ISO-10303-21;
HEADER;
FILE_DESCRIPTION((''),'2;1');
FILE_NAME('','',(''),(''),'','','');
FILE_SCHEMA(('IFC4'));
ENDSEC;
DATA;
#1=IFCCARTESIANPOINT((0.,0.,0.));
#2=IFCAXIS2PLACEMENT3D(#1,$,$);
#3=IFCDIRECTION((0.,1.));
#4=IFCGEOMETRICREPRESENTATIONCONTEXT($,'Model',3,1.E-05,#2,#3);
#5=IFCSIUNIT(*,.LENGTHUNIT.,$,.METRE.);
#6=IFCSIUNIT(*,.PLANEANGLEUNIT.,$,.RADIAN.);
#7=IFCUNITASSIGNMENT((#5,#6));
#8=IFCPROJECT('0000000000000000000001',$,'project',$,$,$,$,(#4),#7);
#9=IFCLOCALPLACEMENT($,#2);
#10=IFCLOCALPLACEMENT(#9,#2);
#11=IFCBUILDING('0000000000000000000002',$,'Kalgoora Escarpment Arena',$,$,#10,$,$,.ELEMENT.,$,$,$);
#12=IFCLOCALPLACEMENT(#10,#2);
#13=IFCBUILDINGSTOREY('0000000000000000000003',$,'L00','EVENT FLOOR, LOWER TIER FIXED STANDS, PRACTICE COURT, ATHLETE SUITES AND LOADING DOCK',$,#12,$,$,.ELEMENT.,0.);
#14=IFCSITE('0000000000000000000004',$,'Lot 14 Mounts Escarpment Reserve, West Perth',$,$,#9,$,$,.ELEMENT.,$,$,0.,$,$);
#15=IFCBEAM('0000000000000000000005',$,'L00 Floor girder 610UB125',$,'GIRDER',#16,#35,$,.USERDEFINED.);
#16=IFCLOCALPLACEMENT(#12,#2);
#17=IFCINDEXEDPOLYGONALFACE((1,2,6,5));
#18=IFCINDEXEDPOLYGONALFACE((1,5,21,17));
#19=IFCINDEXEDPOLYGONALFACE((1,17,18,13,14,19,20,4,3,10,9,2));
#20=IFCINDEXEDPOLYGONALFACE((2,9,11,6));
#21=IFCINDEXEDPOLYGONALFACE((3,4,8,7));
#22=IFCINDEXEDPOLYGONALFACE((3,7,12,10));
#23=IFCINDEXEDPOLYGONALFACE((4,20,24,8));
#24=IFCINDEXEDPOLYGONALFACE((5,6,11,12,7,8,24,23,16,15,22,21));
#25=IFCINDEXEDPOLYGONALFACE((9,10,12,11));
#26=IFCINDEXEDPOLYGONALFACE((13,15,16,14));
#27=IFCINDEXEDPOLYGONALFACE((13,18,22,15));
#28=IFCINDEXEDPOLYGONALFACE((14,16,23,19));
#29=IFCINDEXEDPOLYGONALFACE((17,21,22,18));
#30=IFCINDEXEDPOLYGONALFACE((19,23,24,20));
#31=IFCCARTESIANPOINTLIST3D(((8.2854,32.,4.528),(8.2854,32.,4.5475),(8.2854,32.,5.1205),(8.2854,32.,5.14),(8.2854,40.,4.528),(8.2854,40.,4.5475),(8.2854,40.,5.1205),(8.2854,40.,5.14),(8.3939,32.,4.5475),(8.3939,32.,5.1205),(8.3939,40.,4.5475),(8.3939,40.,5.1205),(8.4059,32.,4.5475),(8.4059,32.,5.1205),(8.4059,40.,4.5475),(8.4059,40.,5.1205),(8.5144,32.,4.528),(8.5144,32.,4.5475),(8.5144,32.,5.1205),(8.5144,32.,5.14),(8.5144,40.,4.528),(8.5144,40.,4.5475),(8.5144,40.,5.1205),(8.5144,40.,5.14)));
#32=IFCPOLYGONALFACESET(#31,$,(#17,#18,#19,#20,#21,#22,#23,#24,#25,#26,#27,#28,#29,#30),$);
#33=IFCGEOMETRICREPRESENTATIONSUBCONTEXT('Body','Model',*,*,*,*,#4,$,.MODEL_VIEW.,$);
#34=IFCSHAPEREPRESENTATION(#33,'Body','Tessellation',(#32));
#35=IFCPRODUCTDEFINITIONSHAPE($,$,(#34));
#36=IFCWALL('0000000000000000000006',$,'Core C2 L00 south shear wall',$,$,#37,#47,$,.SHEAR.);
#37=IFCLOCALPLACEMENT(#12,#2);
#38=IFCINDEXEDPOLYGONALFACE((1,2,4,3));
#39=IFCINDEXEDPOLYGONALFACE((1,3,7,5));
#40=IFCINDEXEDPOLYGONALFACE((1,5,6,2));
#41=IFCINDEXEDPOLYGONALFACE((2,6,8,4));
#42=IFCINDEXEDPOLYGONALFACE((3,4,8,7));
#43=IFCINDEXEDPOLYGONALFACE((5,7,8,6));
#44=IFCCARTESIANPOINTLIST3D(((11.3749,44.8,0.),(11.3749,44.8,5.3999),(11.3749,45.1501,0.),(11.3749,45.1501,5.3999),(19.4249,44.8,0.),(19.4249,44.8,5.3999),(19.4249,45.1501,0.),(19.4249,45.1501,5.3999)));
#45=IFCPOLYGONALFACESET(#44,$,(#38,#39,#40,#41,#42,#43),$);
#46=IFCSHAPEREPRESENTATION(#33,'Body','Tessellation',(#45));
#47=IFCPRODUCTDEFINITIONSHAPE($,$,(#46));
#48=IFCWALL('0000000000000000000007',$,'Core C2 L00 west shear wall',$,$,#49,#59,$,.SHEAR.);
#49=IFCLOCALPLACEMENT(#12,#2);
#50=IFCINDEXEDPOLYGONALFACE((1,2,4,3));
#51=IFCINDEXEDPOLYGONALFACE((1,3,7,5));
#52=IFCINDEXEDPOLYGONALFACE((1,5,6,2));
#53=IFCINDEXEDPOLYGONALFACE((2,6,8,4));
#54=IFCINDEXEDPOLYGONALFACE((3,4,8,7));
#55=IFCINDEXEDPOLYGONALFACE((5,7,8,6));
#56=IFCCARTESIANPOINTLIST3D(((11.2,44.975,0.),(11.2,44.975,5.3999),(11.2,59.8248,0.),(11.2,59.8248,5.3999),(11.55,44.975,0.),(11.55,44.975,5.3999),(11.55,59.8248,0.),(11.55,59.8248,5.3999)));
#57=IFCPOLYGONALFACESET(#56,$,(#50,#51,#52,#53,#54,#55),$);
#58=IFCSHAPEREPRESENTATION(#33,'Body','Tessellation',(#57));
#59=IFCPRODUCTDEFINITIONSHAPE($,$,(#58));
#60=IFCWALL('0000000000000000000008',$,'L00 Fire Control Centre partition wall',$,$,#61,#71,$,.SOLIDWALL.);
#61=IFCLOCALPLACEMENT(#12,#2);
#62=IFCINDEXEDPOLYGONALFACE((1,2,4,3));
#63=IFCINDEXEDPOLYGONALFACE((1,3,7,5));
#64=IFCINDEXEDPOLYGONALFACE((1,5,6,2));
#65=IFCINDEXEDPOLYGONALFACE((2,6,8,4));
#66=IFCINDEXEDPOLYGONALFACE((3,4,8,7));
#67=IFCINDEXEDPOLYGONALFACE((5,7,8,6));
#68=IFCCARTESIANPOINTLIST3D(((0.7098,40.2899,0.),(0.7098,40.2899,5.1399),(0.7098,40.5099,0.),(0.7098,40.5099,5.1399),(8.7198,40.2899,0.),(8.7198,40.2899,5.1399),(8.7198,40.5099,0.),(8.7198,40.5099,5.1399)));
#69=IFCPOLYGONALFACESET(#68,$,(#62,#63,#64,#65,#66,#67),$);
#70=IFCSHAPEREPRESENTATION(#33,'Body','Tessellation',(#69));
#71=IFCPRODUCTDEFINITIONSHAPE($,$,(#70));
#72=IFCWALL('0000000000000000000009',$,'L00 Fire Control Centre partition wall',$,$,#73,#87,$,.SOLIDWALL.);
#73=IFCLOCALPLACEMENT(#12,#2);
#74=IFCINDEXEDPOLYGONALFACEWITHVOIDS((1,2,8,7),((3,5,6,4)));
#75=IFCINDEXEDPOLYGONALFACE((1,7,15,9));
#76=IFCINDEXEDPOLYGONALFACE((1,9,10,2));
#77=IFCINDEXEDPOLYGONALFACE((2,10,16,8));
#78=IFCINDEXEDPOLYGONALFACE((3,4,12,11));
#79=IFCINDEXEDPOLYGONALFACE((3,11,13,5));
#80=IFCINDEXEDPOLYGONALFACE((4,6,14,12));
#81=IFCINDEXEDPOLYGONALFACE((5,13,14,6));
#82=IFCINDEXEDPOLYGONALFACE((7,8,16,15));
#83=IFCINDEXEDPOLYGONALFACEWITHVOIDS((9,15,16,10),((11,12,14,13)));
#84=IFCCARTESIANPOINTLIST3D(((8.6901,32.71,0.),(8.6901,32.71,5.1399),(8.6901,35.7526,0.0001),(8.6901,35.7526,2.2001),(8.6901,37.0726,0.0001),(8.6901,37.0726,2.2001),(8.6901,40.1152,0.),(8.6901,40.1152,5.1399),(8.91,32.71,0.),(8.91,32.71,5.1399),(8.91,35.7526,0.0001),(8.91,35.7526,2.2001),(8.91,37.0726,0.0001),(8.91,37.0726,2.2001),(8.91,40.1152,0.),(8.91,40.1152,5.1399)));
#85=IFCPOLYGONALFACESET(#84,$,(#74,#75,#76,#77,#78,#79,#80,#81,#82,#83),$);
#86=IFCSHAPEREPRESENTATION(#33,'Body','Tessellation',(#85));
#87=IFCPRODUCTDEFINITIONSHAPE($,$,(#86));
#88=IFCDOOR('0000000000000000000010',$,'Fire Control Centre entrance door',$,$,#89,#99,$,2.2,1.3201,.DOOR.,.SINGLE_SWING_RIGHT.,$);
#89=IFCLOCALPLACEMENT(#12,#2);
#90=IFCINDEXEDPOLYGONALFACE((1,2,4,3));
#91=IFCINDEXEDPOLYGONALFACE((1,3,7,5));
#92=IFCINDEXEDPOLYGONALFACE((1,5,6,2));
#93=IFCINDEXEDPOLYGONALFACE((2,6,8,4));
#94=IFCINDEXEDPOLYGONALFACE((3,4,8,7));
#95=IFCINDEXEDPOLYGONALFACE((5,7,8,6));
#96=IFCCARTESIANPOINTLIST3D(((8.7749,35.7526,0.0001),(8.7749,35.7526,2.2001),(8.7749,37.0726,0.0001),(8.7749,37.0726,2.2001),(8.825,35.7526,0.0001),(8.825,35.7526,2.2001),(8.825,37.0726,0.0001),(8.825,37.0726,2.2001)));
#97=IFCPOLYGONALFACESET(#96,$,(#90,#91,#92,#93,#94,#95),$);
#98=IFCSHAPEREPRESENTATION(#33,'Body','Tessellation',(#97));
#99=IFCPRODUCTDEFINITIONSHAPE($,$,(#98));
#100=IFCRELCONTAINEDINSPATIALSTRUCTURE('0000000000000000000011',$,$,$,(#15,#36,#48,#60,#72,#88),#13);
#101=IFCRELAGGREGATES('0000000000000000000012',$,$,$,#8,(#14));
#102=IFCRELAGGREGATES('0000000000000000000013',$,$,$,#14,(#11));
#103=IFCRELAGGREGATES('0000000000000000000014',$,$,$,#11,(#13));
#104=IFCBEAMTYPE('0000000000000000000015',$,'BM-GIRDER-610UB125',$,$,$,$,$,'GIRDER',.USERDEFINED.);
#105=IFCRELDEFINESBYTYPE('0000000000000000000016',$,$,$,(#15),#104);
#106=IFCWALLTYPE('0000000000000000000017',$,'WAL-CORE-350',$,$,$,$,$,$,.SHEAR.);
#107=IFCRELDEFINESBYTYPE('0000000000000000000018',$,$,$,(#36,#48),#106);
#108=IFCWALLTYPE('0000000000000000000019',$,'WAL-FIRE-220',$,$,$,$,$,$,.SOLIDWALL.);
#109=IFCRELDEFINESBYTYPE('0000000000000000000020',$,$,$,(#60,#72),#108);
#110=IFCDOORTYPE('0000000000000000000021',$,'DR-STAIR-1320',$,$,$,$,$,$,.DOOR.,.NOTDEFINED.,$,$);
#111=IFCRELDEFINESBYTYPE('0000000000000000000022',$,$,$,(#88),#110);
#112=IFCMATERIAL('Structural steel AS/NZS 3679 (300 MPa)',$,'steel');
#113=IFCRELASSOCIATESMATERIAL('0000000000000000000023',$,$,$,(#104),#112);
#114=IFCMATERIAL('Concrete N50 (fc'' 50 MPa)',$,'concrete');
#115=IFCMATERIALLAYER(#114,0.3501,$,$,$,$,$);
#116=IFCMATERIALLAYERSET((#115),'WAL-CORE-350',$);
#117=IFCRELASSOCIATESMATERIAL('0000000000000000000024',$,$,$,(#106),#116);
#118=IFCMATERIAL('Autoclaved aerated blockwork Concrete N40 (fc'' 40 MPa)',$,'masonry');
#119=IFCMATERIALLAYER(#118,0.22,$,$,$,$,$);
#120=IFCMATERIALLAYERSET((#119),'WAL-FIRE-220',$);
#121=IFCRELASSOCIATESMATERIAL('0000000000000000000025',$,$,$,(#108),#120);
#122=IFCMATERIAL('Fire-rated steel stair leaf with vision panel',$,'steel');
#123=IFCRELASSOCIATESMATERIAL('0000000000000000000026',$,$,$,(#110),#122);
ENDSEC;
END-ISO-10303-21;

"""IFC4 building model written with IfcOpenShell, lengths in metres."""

from ifc_helpers import new_model, si_unit, direction, frame, frame_2d, origin, origin_2d, place, context, subcontext, project, spatial, rectangle, i_section, extrude, material, layer, layer_set, material_profile, profile_set, type_object, element, fill, save


model = new_model("IFC4")

# Units and contexts
model_context = context("Model", 3, precision=1e-05, world=origin(), true_north=direction((0.0, 1.0)))
body_context = subcontext(model_context, "Body", "Model", "MODEL_VIEW")
ifc_project = project(units=[si_unit("LENGTHUNIT", "METRE"), si_unit("PLANEANGLEUNIT", "RADIAN")], contexts=[model_context])

# Site, building, storey
site_placement = place(None, origin())
site = spatial("IfcSite", under=ifc_project, at=site_placement, Name="Lot 14 Mounts Escarpment Reserve, West Perth", CompositionType="ELEMENT", RefElevation=0.0)
building_placement = place(site_placement, origin())
building = spatial("IfcBuilding", under=site, at=building_placement, Name="Kalgoora Escarpment Arena", CompositionType="ELEMENT")
storey_placement = place(building_placement, origin())
storey = spatial("IfcBuildingStorey", under=building, at=storey_placement, Name="L00", Description="EVENT FLOOR, LOWER TIER FIXED STANDS, PRACTICE COURT, ATHLETE SUITES AND LOADING DOCK", CompositionType="ELEMENT", Elevation=0.0)

# Beam
ifc_material_1 = material(Name="Structural steel AS/NZS 3679 (300 MPa)", Category="steel")
ifc_material_profile_1 = material_profile(ifc_material_1, i_section(OverallWidth=0.229, OverallDepth=0.6121, WebThickness=0.012, FlangeThickness=0.0195, at=origin_2d()))
ifc_profile_set_1 = profile_set([ifc_material_profile_1], Name="Structural steel AS/NZS 3679 (300 MPa)")
beam_type = type_object("IfcBeamType", Name="BM-GIRDER-610UB125", ElementType="GIRDER", PredefinedType="USERDEFINED", material=ifc_profile_set_1)
beam_placement = place(storey_placement, frame((8.3999, 32.0, 4.834), z_axis=(0.0, 1.0, 0.0), x_axis=(-1.0, 0.0, 0.0)))
element("IfcBeam", 1, at=beam_placement, inside=storey, type_object=beam_type, Name="L00 Floor girder 610UB125", ObjectType="GIRDER", PredefinedType="USERDEFINED", context=body_context, shape_type="SweptSolid", body=[
    extrude(i_section(OverallWidth=0.229, OverallDepth=0.6121, WebThickness=0.012, FlangeThickness=0.0195, at=origin_2d()), origin(), (0.0, 0.0, 1.0), 8.0),
])

# Walls
ifc_material_2 = material(Name="Concrete N50 (fc' 50 MPa)", Category="concrete")
ifc_layer_1 = layer(ifc_material_2, 0.3501)
ifc_layer_set_1 = layer_set([ifc_layer_1], Name="WAL-CORE-350")
wall_type_1 = type_object("IfcWallType", Name="WAL-CORE-350", PredefinedType="SHEAR", material=ifc_layer_set_1)
wall_1_placement = place(storey_placement, frame((11.375, 44.9751, 0.0), z_axis=(0.0, 0.0, 1.0), x_axis=(1.0, 0.0, 0.0)))
element("IfcWall", 2, at=wall_1_placement, inside=storey, type_object=wall_type_1, Name="Core C2 L00 south shear wall", PredefinedType="SHEAR", context=body_context, shape_type="SweptSolid", body=[
    extrude(rectangle(XDim=8.05, YDim=0.3501, at=frame_2d((4.0249, 0.0))), origin(), (0.0, 0.0, 1.0), 5.3999),
])
wall_2_placement = place(storey_placement, frame((11.375, 44.9751, 0.0), z_axis=(0.0, 0.0, 1.0), x_axis=(0.0, 1.0, 0.0)))
element("IfcWall", 3, at=wall_2_placement, inside=storey, type_object=wall_type_1, Name="Core C2 L00 west shear wall", PredefinedType="SHEAR", context=body_context, shape_type="SweptSolid", body=[
    extrude(rectangle(XDim=14.8499, YDim=0.3501, at=frame_2d((7.4248, 0.0))), origin(), (0.0, 0.0, 1.0), 5.3999),
])
ifc_material_3 = material(Name="Autoclaved aerated blockwork Concrete N40 (fc' 40 MPa)", Category="masonry")
ifc_layer_2 = layer(ifc_material_3, 0.22)
ifc_layer_set_2 = layer_set([ifc_layer_2], Name="WAL-FIRE-220")
wall_type_2 = type_object("IfcWallType", Name="WAL-FIRE-220", PredefinedType="SOLIDWALL", material=ifc_layer_set_2)
wall_3_placement = place(storey_placement, frame((0.71, 40.3999, 0.0), z_axis=(0.0, 0.0, 1.0), x_axis=(1.0, 0.0, 0.0)))
element("IfcWall", 4, at=wall_3_placement, inside=storey, type_object=wall_type_2, Name="L00 Fire Control Centre partition wall", PredefinedType="SOLIDWALL", context=body_context, shape_type="SweptSolid", body=[
    extrude(rectangle(XDim=8.01, YDim=0.22, at=frame_2d((4.0049, 0.0))), origin(), (0.0, 0.0, 1.0), 5.1399),
])

# Wall, opening, door
wall_4_placement = place(storey_placement, frame((8.8, 40.1152, 0.0), z_axis=(0.0, 0.0, 1.0), x_axis=(0.0, -1.0, 0.0)))
wall_4 = element("IfcWall", 5, at=wall_4_placement, inside=storey, type_object=wall_type_2, Name="L00 Fire Control Centre partition wall", PredefinedType="SOLIDWALL", context=body_context, shape_type="SweptSolid", body=[
    extrude(rectangle(XDim=7.4053, YDim=0.22, at=frame_2d((3.7026, 0.0))), origin(), (0.0, 0.0, 1.0), 5.1399),
])
opening_placement = place(wall_4_placement, frame((3.0425, 0.0, 0.0)))
opening = element("IfcOpeningElement", 6, at=opening_placement, cuts=wall_4, PredefinedType="OPENING", context=body_context, shape_type="SweptSolid", body=[
    extrude(rectangle(XDim=1.3201, YDim=2.2, at=frame_2d((0.6602, 1.1001))), frame((0.0, 0.1199, 0.0), z_axis=(0.0, -1.0, 0.0), x_axis=(1.0, 0.0, 0.0)), (0.0, 0.0, 1.0), 0.24),
])
ifc_material_4 = material(Name="Fire-rated steel stair leaf with vision panel", Category="steel")
door_type = type_object("IfcDoorType", Name="DR-STAIR-1320", OperationType="NOTDEFINED", PredefinedType="DOOR", material=ifc_material_4)
door_placement = place(opening_placement, origin())
door = element("IfcDoor", 7, at=door_placement, inside=storey, type_object=door_type, Name="Fire Control Centre entrance door", OperationType="SINGLE_SWING_RIGHT", OverallHeight=2.2, OverallWidth=1.3201, PredefinedType="DOOR", context=body_context, shape_type="SweptSolid", body=[
    extrude(rectangle(XDim=1.3201, YDim=2.2, at=frame_2d((0.6602, 1.1001))), frame((0.0, 0.0249, 0.0), z_axis=(0.0, -1.0, 0.0), x_axis=(1.0, 0.0, 0.0)), (0.0, 0.0, 1.0), 0.05),
])
fill(opening, door)

save(model, "model.ifc")
